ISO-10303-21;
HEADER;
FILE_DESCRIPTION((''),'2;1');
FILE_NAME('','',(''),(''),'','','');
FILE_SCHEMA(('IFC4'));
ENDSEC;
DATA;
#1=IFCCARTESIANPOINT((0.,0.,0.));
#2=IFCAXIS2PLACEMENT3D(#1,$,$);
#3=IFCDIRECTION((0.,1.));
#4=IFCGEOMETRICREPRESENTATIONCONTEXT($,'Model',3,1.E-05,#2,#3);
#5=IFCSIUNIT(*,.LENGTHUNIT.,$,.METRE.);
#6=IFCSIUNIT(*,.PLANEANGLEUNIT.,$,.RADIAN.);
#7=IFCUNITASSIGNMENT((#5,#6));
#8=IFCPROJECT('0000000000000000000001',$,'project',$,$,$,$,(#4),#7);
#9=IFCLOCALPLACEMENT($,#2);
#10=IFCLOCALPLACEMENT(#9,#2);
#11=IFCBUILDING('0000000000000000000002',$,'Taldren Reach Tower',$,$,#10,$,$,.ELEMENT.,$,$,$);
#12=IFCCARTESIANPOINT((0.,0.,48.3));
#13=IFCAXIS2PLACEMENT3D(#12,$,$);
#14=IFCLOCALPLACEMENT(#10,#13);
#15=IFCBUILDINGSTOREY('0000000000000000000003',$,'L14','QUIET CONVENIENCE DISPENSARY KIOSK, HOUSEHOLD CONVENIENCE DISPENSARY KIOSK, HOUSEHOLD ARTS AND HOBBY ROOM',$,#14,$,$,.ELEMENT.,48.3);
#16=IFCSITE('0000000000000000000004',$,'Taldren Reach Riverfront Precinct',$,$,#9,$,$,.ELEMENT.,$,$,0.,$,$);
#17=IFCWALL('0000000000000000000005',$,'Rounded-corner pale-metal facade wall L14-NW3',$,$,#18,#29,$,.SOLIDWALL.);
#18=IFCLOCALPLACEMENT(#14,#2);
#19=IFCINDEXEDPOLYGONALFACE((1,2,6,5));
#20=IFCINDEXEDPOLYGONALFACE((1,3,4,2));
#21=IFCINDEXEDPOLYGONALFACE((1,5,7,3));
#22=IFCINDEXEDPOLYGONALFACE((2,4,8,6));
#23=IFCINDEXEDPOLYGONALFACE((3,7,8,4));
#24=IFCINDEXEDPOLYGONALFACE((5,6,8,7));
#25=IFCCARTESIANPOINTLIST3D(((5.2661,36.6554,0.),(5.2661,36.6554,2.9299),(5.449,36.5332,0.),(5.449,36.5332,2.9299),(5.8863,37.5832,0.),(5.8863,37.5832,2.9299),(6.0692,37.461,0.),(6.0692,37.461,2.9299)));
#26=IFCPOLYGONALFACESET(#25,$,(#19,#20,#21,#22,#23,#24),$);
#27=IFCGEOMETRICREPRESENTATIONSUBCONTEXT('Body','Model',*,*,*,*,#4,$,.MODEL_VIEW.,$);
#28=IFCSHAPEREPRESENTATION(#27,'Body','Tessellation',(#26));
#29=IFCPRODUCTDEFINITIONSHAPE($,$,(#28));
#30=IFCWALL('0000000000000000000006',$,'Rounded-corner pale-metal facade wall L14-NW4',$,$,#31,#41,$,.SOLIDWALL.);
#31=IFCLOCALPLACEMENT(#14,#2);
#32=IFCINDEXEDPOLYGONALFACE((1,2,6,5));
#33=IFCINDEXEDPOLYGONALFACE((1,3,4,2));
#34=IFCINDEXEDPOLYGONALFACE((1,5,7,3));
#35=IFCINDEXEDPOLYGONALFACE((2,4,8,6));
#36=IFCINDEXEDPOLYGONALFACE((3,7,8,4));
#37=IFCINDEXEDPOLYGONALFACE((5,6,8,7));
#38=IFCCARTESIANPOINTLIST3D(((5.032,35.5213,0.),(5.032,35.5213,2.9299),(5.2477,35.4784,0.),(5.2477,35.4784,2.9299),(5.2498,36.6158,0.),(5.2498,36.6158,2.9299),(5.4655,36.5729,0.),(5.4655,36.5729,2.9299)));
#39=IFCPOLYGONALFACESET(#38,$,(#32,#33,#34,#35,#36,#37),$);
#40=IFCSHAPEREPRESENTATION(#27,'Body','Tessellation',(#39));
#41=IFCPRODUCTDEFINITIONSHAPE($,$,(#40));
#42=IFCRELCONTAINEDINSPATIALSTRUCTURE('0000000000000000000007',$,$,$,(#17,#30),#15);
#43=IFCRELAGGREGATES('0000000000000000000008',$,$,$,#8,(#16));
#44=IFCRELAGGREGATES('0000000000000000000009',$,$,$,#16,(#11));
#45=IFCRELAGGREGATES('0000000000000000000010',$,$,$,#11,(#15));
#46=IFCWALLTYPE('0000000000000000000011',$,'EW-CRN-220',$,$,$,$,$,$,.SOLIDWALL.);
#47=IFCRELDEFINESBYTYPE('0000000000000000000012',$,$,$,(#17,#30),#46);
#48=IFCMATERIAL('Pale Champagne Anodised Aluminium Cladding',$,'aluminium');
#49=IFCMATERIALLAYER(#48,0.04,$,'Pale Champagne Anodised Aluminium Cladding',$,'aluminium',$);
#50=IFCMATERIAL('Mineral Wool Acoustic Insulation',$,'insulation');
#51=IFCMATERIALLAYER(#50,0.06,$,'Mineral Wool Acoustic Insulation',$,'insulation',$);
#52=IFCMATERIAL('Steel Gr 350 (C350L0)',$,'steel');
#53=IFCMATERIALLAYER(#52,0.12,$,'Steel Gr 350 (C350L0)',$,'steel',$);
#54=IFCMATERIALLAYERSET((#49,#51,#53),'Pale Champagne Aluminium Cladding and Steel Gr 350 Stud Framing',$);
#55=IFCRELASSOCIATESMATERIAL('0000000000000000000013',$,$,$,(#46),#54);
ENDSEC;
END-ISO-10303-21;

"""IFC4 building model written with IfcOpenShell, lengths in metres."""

from ifc_helpers import new_model, si_unit, direction, frame, frame_2d, origin, place, context, subcontext, project, spatial, rectangle, extrude, source, transform, mapped, material, layer, layer_set, type_object, element, save


model = new_model("IFC4")

# Units and contexts
model_context = context("Model", 3, precision=1e-05, world=origin(), true_north=direction((0.0, 1.0)))
body_context = subcontext(model_context, "Body", "Model", "MODEL_VIEW")
ifc_project = project(units=[si_unit("LENGTHUNIT", "METRE"), si_unit("PLANEANGLEUNIT", "RADIAN")], contexts=[model_context])

# Site, building, storey
site_placement = place(None, origin())
site = spatial("IfcSite", under=ifc_project, at=site_placement, Name="Taldren Reach Riverfront Precinct", CompositionType="ELEMENT", RefElevation=0.0)
building_placement = place(site_placement, origin())
building = spatial("IfcBuilding", under=site, at=building_placement, Name="Taldren Reach Tower", CompositionType="ELEMENT")
storey_placement = place(building_placement, frame((0.0, 0.0, 48.3)))
storey = spatial("IfcBuildingStorey", under=building, at=storey_placement, Name="L14", Description="QUIET CONVENIENCE DISPENSARY KIOSK, HOUSEHOLD CONVENIENCE DISPENSARY KIOSK, HOUSEHOLD ARTS AND HOBBY ROOM", CompositionType="ELEMENT", Elevation=48.3)

# Shared definitions
ifc_material_1 = material(Name="Steel Gr 350 (C350L0)", Category="steel")

# Walls
ifc_material_2 = material(Name="Pale Champagne Anodised Aluminium Cladding", Category="aluminium")
ifc_layer_1 = layer(ifc_material_2, 0.04, Name="Pale Champagne Anodised Aluminium Cladding", Category="aluminium")
ifc_material_3 = material(Name="Mineral Wool Acoustic Insulation", Category="insulation")
ifc_layer_2 = layer(ifc_material_3, 0.06, Name="Mineral Wool Acoustic Insulation", Category="insulation")
ifc_layer_3 = layer(ifc_material_1, 0.12, Name="Steel Gr 350 (C350L0)", Category="steel")
ifc_layer_set_1 = layer_set([ifc_layer_1, ifc_layer_2, ifc_layer_3], Name="Pale Champagne Aluminium Cladding and Steel Gr 350 Stud Framing")
wall_type = type_object("IfcWallType", Name="EW-CRN-220", PredefinedType="SOLIDWALL", material=ifc_layer_set_1)
shared_shape_1 = source(origin(), body_context, "Body", "SweptSolid", [
    extrude(rectangle(XDim=1.116, YDim=0.22, at=frame_2d((0.5581, 0.0))), origin(), (0.0, 0.0, 1.0), 2.9299),
])
for number, where, z_axis, x_axis, name in (
    (1, (5.9778, 37.5222, 0.0), (0.0, 0.0, 1.0), (-0.55571, -0.831377, 0.0), "Rounded-corner pale-metal facade wall L14-NW3"),
    (2, (5.3577, 36.5945, 0.0), (0.0, 0.0, 1.0), (-0.195148, -0.980774, 0.0), "Rounded-corner pale-metal facade wall L14-NW4"),
):
    element("IfcWall", number, at=place(storey_placement, frame(where, z_axis=z_axis, x_axis=x_axis)), inside=storey, type_object=wall_type, Name=name, PredefinedType="SOLIDWALL", context=body_context, shape_type="MappedRepresentation", body=[
        mapped(shared_shape_1, transform((0.0, 0.0, 0.0), scale=1.0)),
    ])

save(model, "model.ifc")
